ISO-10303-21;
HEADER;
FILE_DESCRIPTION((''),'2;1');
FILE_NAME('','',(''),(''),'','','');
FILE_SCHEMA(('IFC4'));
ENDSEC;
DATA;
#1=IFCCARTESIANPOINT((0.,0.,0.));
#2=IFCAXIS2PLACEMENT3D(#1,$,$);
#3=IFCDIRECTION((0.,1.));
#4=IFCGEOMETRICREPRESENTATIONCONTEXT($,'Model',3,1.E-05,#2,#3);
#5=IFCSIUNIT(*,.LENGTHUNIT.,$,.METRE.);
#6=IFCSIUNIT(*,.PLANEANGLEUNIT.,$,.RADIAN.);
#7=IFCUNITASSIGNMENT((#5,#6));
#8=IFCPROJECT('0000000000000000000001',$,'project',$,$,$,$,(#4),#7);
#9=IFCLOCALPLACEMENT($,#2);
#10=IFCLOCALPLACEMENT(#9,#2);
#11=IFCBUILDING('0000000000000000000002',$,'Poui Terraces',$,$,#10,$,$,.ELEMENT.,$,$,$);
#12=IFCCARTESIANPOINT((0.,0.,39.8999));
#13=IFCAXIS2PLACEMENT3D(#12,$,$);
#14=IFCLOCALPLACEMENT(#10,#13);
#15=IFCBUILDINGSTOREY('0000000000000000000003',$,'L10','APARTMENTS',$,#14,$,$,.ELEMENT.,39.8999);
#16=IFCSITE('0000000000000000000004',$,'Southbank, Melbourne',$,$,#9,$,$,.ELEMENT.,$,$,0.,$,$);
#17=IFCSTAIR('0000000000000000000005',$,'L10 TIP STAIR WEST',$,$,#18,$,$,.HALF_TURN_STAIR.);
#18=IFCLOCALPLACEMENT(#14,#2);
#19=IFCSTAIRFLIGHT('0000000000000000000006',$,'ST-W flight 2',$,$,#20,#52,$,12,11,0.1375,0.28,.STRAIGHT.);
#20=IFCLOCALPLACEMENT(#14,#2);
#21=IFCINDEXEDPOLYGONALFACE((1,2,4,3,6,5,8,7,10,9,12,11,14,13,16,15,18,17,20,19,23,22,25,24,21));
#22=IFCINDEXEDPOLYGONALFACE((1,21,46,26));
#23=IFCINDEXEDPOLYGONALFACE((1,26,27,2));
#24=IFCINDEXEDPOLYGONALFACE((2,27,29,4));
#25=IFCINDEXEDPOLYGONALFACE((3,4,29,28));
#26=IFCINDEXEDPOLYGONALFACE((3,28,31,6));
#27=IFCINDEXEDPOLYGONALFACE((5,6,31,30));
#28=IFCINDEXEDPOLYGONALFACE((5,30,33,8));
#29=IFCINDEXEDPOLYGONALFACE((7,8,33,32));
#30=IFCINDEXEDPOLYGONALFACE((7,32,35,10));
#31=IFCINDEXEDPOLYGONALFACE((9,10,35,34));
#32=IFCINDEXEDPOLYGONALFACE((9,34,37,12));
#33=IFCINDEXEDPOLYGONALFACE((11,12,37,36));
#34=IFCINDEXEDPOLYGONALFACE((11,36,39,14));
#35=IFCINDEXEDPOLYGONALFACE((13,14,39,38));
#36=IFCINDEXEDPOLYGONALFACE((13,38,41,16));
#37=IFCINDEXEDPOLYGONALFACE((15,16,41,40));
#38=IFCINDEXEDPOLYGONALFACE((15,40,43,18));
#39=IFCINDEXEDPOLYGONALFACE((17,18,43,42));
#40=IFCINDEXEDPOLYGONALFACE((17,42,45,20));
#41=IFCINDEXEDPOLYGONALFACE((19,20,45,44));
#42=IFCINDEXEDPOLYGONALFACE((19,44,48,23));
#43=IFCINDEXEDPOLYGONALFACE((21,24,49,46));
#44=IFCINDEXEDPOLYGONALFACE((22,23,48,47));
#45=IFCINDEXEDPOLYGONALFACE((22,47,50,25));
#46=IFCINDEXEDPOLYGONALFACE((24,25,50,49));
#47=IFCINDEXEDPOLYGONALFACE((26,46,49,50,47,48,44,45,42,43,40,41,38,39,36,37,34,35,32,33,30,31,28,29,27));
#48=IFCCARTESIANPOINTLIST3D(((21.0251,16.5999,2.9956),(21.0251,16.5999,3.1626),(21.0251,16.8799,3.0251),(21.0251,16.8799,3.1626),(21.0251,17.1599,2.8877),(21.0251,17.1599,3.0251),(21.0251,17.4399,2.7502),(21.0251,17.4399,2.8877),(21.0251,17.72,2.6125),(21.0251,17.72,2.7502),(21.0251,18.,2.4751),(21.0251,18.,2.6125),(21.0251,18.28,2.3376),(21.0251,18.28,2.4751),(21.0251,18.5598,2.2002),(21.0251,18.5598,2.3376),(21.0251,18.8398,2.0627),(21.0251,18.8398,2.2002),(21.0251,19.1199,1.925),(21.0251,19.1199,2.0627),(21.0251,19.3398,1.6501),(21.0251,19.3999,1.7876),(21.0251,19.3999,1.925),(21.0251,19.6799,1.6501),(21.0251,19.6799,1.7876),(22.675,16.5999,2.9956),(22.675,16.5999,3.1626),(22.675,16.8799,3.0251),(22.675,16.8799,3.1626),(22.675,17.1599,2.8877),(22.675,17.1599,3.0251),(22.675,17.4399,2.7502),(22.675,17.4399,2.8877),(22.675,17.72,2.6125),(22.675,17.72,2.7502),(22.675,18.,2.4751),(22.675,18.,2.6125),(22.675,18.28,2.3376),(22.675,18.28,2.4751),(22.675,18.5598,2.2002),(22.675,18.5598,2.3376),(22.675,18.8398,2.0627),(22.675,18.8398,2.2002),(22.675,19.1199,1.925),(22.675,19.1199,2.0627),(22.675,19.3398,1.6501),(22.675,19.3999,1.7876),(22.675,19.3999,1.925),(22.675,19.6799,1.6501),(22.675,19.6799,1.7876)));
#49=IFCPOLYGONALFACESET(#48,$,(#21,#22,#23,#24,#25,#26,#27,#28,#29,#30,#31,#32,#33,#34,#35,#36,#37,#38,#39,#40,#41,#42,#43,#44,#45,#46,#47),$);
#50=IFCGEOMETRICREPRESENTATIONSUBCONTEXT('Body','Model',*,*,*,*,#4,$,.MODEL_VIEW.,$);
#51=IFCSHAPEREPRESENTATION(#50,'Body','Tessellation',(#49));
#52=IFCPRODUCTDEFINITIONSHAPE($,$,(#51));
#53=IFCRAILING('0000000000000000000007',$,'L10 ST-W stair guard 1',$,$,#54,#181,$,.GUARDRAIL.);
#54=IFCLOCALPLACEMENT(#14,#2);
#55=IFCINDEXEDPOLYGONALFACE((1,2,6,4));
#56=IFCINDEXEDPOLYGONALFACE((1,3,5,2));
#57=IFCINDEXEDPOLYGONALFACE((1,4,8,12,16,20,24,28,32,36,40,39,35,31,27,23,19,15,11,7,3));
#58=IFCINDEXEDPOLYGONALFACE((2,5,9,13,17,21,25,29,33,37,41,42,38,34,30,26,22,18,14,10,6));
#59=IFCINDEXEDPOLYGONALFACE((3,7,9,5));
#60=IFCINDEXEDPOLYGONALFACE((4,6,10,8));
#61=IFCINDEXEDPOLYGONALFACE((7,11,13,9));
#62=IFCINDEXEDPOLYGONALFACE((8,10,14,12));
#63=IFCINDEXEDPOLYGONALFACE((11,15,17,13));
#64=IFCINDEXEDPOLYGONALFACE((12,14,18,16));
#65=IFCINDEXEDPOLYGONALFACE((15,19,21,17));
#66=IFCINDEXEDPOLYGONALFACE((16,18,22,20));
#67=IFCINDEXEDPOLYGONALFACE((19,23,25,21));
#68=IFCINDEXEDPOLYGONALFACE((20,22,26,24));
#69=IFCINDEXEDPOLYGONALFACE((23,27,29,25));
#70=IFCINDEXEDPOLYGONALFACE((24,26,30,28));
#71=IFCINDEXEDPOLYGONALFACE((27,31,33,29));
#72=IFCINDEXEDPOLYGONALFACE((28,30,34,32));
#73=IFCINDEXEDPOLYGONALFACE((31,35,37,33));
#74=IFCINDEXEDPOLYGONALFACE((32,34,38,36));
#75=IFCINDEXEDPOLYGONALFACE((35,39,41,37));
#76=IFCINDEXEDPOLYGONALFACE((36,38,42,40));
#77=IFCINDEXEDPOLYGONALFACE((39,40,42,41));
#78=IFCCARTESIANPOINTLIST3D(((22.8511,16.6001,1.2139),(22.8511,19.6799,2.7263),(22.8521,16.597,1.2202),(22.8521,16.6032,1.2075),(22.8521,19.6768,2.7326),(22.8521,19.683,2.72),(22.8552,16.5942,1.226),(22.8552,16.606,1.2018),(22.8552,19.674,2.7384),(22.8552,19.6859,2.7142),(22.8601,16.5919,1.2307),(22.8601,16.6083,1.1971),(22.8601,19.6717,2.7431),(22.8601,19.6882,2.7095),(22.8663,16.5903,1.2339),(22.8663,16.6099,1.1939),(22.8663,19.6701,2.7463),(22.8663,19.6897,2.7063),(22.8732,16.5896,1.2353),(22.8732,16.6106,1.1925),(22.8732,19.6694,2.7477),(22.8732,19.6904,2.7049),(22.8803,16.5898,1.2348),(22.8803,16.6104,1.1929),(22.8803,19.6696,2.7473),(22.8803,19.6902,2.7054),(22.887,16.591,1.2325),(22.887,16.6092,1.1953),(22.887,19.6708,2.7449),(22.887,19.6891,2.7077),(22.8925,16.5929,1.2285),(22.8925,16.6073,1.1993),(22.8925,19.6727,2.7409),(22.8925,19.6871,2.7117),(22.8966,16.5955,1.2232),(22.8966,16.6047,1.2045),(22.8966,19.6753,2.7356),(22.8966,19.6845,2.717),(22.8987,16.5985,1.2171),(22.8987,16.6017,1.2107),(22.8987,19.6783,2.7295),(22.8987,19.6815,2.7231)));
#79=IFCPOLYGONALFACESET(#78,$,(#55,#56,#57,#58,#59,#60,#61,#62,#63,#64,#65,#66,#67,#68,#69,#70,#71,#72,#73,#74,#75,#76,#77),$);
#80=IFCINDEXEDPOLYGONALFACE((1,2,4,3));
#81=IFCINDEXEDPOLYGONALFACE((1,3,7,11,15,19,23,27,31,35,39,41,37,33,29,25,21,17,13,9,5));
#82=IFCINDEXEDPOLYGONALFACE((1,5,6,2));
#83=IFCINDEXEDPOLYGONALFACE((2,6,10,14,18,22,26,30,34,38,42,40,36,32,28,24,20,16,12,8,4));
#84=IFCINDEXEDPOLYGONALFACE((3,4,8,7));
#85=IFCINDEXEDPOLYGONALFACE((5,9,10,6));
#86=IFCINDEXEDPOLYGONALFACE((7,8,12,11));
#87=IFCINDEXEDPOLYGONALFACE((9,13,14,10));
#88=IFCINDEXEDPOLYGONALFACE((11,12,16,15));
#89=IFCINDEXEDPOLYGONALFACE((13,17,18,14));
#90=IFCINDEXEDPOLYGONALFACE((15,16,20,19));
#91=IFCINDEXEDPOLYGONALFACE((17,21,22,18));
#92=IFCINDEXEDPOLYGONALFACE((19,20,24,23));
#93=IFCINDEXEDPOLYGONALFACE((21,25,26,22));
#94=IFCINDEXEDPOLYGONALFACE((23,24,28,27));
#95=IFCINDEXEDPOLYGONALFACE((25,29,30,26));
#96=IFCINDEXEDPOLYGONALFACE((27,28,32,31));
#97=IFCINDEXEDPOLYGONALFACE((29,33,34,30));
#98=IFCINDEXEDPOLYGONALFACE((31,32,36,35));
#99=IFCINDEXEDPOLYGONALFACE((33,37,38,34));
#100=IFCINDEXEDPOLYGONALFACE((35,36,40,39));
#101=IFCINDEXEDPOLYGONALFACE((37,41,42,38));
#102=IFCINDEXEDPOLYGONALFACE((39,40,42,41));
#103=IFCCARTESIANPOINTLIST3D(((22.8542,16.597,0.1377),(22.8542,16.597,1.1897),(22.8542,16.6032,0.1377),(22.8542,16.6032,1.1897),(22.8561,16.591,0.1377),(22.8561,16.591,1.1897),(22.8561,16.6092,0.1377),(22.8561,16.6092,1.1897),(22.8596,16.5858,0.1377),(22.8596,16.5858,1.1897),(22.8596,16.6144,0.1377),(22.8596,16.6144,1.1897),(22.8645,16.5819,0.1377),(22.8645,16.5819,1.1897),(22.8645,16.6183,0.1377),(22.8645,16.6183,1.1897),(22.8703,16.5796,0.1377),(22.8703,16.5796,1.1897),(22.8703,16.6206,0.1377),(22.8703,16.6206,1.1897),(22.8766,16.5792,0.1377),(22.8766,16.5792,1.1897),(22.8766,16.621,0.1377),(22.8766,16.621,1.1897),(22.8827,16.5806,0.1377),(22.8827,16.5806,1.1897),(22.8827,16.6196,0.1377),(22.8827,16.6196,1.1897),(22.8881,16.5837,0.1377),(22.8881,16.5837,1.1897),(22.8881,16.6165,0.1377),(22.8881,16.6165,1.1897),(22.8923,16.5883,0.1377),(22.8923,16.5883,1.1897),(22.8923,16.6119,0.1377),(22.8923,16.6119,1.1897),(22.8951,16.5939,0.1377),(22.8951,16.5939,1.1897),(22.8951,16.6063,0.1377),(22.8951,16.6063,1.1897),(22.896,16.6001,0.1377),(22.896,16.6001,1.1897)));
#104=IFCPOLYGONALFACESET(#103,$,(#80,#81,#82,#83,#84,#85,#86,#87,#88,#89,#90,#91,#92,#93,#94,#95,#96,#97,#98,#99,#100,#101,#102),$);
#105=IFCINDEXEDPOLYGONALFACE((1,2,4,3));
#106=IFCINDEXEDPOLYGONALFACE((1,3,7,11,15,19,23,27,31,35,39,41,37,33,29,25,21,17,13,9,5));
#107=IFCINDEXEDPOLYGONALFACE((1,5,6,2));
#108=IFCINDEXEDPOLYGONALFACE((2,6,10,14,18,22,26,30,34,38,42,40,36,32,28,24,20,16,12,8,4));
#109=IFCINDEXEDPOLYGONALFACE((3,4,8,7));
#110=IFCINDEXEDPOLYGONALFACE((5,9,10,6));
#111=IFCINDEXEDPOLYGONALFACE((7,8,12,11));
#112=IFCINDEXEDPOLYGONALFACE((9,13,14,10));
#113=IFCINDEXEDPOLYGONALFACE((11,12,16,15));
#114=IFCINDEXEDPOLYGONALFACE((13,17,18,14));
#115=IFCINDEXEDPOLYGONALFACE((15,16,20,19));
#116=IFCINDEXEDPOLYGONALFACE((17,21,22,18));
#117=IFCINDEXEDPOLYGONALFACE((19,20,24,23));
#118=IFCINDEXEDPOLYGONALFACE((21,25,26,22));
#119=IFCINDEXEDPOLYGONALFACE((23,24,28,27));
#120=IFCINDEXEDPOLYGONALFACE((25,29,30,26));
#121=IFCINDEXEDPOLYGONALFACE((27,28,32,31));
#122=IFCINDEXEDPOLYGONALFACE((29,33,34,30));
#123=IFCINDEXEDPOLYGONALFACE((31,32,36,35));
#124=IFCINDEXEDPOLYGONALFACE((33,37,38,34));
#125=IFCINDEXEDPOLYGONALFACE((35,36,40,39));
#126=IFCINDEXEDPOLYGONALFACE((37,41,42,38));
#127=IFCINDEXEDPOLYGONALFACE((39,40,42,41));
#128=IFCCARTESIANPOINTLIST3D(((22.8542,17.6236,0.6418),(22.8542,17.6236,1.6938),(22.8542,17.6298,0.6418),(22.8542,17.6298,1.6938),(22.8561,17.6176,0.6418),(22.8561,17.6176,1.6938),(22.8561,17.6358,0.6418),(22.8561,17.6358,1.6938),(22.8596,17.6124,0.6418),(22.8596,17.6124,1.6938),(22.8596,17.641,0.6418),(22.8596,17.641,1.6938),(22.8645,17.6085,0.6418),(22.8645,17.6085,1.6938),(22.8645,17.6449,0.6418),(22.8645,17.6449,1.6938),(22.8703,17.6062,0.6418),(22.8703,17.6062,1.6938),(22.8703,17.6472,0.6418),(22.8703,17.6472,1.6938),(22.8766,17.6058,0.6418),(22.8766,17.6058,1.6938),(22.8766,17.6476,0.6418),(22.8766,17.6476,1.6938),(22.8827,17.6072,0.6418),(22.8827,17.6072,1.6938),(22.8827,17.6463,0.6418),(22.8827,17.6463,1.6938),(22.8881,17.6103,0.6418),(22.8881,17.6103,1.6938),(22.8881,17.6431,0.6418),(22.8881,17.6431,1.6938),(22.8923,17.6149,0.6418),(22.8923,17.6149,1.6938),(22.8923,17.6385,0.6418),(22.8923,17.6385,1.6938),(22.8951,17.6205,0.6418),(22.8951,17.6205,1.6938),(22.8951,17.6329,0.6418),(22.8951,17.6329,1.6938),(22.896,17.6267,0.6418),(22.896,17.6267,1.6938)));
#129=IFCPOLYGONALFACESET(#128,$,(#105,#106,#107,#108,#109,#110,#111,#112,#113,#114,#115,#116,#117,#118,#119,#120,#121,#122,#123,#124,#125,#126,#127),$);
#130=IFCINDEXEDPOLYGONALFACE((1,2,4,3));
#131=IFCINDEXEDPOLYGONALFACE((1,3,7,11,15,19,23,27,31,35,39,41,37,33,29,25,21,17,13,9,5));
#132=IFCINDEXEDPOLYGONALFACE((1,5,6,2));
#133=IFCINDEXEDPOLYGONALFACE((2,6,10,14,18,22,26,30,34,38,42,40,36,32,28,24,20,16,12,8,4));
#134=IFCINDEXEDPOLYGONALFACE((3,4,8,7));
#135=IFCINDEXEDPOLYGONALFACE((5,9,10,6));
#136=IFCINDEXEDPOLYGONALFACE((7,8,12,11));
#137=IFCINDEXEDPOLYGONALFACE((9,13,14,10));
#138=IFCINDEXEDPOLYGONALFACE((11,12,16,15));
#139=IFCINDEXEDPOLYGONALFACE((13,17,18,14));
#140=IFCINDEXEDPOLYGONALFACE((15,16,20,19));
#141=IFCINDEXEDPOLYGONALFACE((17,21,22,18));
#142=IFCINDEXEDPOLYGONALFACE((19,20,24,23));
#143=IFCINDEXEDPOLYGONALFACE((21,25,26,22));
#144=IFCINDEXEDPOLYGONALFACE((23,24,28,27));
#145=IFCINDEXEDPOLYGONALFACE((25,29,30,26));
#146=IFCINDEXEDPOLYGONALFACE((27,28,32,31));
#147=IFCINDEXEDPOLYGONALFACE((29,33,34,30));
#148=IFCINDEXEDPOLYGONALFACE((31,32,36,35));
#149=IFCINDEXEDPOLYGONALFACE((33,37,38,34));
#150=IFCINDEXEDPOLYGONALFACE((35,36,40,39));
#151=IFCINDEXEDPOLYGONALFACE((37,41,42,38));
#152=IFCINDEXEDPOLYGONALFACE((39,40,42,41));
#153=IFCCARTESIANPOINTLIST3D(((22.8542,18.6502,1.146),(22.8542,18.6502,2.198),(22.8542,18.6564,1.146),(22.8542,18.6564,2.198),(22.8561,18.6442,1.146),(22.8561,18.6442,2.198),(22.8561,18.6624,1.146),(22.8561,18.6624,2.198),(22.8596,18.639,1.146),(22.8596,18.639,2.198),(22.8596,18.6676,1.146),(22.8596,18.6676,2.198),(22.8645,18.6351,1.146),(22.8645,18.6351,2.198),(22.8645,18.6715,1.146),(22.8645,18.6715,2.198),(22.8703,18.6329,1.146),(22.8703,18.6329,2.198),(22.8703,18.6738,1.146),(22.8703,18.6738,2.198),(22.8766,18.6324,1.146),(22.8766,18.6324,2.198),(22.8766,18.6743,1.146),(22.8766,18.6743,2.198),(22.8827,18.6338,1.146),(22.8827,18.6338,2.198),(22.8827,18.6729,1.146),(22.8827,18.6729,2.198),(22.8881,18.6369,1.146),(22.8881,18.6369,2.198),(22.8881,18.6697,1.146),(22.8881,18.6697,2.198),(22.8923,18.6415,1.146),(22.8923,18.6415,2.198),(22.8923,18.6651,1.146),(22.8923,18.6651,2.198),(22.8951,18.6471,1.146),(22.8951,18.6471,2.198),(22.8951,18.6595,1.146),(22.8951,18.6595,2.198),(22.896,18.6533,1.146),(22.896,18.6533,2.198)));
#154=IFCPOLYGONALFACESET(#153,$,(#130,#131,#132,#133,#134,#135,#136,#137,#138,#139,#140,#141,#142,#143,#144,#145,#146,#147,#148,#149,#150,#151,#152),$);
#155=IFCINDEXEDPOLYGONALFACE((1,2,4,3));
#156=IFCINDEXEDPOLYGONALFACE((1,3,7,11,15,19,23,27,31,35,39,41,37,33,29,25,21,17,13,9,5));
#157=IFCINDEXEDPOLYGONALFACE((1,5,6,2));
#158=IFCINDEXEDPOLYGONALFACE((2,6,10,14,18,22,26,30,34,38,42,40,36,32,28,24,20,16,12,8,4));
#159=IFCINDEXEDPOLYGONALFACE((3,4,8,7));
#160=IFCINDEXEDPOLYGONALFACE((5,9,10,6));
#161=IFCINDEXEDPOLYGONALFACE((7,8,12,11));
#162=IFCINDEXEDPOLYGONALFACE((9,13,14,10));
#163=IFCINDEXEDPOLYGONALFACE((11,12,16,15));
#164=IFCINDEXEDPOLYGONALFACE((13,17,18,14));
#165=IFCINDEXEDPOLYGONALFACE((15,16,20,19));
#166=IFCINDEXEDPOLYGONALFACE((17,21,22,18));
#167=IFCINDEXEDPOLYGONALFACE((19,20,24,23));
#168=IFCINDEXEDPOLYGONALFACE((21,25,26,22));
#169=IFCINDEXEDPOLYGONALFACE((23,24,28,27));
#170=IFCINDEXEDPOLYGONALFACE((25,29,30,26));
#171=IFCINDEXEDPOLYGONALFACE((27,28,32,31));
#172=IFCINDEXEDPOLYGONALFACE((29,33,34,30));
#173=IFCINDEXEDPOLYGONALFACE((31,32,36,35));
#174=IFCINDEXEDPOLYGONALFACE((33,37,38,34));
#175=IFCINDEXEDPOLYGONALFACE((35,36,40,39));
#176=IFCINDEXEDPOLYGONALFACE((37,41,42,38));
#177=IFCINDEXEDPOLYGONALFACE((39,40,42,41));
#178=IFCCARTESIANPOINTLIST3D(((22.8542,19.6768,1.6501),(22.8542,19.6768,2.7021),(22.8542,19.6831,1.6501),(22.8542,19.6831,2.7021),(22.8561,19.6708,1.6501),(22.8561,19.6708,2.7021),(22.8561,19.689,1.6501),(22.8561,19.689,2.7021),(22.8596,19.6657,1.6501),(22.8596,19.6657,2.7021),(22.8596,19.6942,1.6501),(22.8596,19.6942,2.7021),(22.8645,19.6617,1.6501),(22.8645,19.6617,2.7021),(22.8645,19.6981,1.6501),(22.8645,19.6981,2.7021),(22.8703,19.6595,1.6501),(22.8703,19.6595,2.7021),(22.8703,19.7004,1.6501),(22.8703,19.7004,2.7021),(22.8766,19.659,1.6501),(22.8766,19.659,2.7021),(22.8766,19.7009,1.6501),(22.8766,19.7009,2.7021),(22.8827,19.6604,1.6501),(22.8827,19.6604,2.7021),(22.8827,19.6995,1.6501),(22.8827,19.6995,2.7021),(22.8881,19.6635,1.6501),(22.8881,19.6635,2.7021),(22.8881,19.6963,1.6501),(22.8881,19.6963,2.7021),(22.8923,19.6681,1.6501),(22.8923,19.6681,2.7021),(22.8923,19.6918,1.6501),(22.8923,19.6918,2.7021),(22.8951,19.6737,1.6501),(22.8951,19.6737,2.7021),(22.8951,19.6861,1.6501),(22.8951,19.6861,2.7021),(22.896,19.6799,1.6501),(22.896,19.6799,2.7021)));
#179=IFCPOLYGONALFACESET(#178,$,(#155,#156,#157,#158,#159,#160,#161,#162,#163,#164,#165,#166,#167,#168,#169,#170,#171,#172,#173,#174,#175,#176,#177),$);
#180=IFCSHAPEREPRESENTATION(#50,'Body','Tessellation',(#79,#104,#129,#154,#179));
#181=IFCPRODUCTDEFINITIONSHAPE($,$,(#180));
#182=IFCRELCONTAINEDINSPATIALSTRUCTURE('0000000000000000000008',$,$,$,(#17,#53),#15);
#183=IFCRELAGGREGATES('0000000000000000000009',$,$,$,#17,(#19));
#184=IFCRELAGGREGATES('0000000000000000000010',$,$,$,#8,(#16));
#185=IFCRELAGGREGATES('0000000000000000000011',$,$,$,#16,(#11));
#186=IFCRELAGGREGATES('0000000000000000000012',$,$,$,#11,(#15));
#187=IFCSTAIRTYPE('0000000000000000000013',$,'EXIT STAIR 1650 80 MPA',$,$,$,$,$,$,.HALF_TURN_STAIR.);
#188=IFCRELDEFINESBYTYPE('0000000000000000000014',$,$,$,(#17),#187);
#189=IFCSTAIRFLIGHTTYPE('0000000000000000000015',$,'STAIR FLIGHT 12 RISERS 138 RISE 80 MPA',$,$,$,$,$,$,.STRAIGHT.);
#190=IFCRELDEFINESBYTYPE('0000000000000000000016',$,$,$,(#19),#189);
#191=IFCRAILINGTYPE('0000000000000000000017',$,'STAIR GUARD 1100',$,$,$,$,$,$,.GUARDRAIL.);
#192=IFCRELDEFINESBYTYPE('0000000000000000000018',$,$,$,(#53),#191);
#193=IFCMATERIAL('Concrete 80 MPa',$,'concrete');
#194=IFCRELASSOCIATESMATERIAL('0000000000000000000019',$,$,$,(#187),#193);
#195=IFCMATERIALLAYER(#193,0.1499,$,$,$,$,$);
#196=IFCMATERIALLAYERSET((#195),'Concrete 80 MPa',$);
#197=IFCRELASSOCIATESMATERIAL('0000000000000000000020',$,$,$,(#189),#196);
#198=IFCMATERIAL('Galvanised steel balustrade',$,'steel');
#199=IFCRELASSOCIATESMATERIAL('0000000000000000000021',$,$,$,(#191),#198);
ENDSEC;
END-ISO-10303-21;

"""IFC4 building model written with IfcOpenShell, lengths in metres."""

from ifc_helpers import new_model, si_unit, direction, frame, origin, origin_2d, place, context, subcontext, project, spatial, polyline, circle, outline, extrude, material, layer, layer_set, type_object, element, aggregate, save


model = new_model("IFC4")

# Units and contexts
model_context = context("Model", 3, precision=1e-05, world=origin(), true_north=direction((0.0, 1.0)))
body_context = subcontext(model_context, "Body", "Model", "MODEL_VIEW")
ifc_project = project(units=[si_unit("LENGTHUNIT", "METRE"), si_unit("PLANEANGLEUNIT", "RADIAN")], contexts=[model_context])

# Site, building, storey
site_placement = place(None, origin())
site = spatial("IfcSite", under=ifc_project, at=site_placement, Name="Southbank, Melbourne", CompositionType="ELEMENT", RefElevation=0.0)
building_placement = place(site_placement, origin())
building = spatial("IfcBuilding", under=site, at=building_placement, Name="Poui Terraces", CompositionType="ELEMENT")
storey_placement = place(building_placement, frame((0.0, 0.0, 39.8999)))
storey = spatial("IfcBuildingStorey", under=building, at=storey_placement, Name="L10", Description="APARTMENTS", CompositionType="ELEMENT", Elevation=39.8999)

# Shared definitions
ifc_material_1 = material(Name="Concrete 80 MPa", Category="concrete")

# Stair, stair flight
stair_type = type_object("IfcStairType", Name="EXIT STAIR 1650 80 MPA", PredefinedType="HALF_TURN_STAIR", material=ifc_material_1)
stair_placement = place(storey_placement, origin())
stair = element("IfcStair", 1, at=stair_placement, inside=storey, type_object=stair_type, Name="L10 TIP STAIR WEST", PredefinedType="HALF_TURN_STAIR")
ifc_layer_1 = layer(ifc_material_1, 0.1499)
ifc_layer_set_1 = layer_set([ifc_layer_1], Name="Concrete 80 MPa")
stair_flight_type = type_object("IfcStairFlightType", Name="STAIR FLIGHT 12 RISERS 138 RISE 80 MPA", PredefinedType="STRAIGHT", material=ifc_layer_set_1)
stair_flight_1_placement = place(storey_placement, frame((21.8501, 19.6799, 1.6501), z_axis=(0.0, 0.0, 1.0), x_axis=(0.0, -1.0, 0.0)))
stair_flight_1 = element("IfcStairFlight", 2, at=stair_flight_1_placement, type_object=stair_flight_type, Name="ST-W flight 2", NumberOfRisers=12, NumberOfTreads=11, PredefinedType="STRAIGHT", RiserHeight=0.1375, TreadLength=0.28, context=body_context, shape_type="SweptSolid", body=[
    extrude(outline(polyline([(0.0, 0.0), (0.0, 0.1375), (0.28, 0.1375), (0.28, 0.2749), (0.5601, 0.2749), (0.5601, 0.4126), (0.8401, 0.4126), (0.8401, 0.55), (1.1201, 0.55), (1.1201, 0.6875), (1.3999, 0.6875), (1.3999, 0.825), (1.6799, 0.825), (1.6799, 0.9624), (1.96, 0.9624), (1.96, 1.1001), (2.24, 1.1001), (2.24, 1.2375), (2.52, 1.2375), (2.52, 1.375), (2.8, 1.375), (2.8, 1.5125), (3.0801, 1.5125), (3.0801, 1.6499), (3.0801, 1.3455), (0.3401, 0.0), (0.0, 0.0)])), frame((0.0, 0.825, 0.0), z_axis=(0.0, -1.0, 0.0), x_axis=(1.0, 0.0, 0.0)), (0.0, 0.0, 1.0), 1.6499),
])
aggregate(stair, [stair_flight_1])

# Railing
ifc_material_2 = material(Name="Galvanised steel balustrade", Category="steel")
railing_type_1 = type_object("IfcRailingType", Name="STAIR GUARD 1100", PredefinedType="GUARDRAIL", material=ifc_material_2)
railing_1_placement = place(storey_placement, frame((22.875, 16.6001, 0.1377)))
element("IfcRailing", 3, at=railing_1_placement, inside=storey, type_object=railing_type_1, Name="L10 ST-W stair guard 1", PredefinedType="GUARDRAIL", context=body_context, shape_type="SweptSolid", body=[
    extrude(circle(Radius=0.0239, at=origin_2d()), frame((0.0, 0.0, 1.0762), z_axis=(0.0, 0.897606, 0.440798), x_axis=(-1.0, 0.0, 0.0)), (0.0, 0.0, 1.0), 3.4312),
    extrude(circle(Radius=0.021, at=origin_2d()), origin(), (0.0, 0.0, 1.0), 1.052),
    extrude(circle(Radius=0.021, at=origin_2d()), frame((0.0, 1.0266, 0.5042)), (0.0, 0.0, 1.0), 1.052),
    extrude(circle(Radius=0.021, at=origin_2d()), frame((0.0, 2.0532, 1.0083)), (0.0, 0.0, 1.0), 1.052),
    extrude(circle(Radius=0.021, at=origin_2d()), frame((0.0, 3.0798, 1.5125)), (0.0, 0.0, 1.0), 1.052),
])

save(model, "model.ifc")
